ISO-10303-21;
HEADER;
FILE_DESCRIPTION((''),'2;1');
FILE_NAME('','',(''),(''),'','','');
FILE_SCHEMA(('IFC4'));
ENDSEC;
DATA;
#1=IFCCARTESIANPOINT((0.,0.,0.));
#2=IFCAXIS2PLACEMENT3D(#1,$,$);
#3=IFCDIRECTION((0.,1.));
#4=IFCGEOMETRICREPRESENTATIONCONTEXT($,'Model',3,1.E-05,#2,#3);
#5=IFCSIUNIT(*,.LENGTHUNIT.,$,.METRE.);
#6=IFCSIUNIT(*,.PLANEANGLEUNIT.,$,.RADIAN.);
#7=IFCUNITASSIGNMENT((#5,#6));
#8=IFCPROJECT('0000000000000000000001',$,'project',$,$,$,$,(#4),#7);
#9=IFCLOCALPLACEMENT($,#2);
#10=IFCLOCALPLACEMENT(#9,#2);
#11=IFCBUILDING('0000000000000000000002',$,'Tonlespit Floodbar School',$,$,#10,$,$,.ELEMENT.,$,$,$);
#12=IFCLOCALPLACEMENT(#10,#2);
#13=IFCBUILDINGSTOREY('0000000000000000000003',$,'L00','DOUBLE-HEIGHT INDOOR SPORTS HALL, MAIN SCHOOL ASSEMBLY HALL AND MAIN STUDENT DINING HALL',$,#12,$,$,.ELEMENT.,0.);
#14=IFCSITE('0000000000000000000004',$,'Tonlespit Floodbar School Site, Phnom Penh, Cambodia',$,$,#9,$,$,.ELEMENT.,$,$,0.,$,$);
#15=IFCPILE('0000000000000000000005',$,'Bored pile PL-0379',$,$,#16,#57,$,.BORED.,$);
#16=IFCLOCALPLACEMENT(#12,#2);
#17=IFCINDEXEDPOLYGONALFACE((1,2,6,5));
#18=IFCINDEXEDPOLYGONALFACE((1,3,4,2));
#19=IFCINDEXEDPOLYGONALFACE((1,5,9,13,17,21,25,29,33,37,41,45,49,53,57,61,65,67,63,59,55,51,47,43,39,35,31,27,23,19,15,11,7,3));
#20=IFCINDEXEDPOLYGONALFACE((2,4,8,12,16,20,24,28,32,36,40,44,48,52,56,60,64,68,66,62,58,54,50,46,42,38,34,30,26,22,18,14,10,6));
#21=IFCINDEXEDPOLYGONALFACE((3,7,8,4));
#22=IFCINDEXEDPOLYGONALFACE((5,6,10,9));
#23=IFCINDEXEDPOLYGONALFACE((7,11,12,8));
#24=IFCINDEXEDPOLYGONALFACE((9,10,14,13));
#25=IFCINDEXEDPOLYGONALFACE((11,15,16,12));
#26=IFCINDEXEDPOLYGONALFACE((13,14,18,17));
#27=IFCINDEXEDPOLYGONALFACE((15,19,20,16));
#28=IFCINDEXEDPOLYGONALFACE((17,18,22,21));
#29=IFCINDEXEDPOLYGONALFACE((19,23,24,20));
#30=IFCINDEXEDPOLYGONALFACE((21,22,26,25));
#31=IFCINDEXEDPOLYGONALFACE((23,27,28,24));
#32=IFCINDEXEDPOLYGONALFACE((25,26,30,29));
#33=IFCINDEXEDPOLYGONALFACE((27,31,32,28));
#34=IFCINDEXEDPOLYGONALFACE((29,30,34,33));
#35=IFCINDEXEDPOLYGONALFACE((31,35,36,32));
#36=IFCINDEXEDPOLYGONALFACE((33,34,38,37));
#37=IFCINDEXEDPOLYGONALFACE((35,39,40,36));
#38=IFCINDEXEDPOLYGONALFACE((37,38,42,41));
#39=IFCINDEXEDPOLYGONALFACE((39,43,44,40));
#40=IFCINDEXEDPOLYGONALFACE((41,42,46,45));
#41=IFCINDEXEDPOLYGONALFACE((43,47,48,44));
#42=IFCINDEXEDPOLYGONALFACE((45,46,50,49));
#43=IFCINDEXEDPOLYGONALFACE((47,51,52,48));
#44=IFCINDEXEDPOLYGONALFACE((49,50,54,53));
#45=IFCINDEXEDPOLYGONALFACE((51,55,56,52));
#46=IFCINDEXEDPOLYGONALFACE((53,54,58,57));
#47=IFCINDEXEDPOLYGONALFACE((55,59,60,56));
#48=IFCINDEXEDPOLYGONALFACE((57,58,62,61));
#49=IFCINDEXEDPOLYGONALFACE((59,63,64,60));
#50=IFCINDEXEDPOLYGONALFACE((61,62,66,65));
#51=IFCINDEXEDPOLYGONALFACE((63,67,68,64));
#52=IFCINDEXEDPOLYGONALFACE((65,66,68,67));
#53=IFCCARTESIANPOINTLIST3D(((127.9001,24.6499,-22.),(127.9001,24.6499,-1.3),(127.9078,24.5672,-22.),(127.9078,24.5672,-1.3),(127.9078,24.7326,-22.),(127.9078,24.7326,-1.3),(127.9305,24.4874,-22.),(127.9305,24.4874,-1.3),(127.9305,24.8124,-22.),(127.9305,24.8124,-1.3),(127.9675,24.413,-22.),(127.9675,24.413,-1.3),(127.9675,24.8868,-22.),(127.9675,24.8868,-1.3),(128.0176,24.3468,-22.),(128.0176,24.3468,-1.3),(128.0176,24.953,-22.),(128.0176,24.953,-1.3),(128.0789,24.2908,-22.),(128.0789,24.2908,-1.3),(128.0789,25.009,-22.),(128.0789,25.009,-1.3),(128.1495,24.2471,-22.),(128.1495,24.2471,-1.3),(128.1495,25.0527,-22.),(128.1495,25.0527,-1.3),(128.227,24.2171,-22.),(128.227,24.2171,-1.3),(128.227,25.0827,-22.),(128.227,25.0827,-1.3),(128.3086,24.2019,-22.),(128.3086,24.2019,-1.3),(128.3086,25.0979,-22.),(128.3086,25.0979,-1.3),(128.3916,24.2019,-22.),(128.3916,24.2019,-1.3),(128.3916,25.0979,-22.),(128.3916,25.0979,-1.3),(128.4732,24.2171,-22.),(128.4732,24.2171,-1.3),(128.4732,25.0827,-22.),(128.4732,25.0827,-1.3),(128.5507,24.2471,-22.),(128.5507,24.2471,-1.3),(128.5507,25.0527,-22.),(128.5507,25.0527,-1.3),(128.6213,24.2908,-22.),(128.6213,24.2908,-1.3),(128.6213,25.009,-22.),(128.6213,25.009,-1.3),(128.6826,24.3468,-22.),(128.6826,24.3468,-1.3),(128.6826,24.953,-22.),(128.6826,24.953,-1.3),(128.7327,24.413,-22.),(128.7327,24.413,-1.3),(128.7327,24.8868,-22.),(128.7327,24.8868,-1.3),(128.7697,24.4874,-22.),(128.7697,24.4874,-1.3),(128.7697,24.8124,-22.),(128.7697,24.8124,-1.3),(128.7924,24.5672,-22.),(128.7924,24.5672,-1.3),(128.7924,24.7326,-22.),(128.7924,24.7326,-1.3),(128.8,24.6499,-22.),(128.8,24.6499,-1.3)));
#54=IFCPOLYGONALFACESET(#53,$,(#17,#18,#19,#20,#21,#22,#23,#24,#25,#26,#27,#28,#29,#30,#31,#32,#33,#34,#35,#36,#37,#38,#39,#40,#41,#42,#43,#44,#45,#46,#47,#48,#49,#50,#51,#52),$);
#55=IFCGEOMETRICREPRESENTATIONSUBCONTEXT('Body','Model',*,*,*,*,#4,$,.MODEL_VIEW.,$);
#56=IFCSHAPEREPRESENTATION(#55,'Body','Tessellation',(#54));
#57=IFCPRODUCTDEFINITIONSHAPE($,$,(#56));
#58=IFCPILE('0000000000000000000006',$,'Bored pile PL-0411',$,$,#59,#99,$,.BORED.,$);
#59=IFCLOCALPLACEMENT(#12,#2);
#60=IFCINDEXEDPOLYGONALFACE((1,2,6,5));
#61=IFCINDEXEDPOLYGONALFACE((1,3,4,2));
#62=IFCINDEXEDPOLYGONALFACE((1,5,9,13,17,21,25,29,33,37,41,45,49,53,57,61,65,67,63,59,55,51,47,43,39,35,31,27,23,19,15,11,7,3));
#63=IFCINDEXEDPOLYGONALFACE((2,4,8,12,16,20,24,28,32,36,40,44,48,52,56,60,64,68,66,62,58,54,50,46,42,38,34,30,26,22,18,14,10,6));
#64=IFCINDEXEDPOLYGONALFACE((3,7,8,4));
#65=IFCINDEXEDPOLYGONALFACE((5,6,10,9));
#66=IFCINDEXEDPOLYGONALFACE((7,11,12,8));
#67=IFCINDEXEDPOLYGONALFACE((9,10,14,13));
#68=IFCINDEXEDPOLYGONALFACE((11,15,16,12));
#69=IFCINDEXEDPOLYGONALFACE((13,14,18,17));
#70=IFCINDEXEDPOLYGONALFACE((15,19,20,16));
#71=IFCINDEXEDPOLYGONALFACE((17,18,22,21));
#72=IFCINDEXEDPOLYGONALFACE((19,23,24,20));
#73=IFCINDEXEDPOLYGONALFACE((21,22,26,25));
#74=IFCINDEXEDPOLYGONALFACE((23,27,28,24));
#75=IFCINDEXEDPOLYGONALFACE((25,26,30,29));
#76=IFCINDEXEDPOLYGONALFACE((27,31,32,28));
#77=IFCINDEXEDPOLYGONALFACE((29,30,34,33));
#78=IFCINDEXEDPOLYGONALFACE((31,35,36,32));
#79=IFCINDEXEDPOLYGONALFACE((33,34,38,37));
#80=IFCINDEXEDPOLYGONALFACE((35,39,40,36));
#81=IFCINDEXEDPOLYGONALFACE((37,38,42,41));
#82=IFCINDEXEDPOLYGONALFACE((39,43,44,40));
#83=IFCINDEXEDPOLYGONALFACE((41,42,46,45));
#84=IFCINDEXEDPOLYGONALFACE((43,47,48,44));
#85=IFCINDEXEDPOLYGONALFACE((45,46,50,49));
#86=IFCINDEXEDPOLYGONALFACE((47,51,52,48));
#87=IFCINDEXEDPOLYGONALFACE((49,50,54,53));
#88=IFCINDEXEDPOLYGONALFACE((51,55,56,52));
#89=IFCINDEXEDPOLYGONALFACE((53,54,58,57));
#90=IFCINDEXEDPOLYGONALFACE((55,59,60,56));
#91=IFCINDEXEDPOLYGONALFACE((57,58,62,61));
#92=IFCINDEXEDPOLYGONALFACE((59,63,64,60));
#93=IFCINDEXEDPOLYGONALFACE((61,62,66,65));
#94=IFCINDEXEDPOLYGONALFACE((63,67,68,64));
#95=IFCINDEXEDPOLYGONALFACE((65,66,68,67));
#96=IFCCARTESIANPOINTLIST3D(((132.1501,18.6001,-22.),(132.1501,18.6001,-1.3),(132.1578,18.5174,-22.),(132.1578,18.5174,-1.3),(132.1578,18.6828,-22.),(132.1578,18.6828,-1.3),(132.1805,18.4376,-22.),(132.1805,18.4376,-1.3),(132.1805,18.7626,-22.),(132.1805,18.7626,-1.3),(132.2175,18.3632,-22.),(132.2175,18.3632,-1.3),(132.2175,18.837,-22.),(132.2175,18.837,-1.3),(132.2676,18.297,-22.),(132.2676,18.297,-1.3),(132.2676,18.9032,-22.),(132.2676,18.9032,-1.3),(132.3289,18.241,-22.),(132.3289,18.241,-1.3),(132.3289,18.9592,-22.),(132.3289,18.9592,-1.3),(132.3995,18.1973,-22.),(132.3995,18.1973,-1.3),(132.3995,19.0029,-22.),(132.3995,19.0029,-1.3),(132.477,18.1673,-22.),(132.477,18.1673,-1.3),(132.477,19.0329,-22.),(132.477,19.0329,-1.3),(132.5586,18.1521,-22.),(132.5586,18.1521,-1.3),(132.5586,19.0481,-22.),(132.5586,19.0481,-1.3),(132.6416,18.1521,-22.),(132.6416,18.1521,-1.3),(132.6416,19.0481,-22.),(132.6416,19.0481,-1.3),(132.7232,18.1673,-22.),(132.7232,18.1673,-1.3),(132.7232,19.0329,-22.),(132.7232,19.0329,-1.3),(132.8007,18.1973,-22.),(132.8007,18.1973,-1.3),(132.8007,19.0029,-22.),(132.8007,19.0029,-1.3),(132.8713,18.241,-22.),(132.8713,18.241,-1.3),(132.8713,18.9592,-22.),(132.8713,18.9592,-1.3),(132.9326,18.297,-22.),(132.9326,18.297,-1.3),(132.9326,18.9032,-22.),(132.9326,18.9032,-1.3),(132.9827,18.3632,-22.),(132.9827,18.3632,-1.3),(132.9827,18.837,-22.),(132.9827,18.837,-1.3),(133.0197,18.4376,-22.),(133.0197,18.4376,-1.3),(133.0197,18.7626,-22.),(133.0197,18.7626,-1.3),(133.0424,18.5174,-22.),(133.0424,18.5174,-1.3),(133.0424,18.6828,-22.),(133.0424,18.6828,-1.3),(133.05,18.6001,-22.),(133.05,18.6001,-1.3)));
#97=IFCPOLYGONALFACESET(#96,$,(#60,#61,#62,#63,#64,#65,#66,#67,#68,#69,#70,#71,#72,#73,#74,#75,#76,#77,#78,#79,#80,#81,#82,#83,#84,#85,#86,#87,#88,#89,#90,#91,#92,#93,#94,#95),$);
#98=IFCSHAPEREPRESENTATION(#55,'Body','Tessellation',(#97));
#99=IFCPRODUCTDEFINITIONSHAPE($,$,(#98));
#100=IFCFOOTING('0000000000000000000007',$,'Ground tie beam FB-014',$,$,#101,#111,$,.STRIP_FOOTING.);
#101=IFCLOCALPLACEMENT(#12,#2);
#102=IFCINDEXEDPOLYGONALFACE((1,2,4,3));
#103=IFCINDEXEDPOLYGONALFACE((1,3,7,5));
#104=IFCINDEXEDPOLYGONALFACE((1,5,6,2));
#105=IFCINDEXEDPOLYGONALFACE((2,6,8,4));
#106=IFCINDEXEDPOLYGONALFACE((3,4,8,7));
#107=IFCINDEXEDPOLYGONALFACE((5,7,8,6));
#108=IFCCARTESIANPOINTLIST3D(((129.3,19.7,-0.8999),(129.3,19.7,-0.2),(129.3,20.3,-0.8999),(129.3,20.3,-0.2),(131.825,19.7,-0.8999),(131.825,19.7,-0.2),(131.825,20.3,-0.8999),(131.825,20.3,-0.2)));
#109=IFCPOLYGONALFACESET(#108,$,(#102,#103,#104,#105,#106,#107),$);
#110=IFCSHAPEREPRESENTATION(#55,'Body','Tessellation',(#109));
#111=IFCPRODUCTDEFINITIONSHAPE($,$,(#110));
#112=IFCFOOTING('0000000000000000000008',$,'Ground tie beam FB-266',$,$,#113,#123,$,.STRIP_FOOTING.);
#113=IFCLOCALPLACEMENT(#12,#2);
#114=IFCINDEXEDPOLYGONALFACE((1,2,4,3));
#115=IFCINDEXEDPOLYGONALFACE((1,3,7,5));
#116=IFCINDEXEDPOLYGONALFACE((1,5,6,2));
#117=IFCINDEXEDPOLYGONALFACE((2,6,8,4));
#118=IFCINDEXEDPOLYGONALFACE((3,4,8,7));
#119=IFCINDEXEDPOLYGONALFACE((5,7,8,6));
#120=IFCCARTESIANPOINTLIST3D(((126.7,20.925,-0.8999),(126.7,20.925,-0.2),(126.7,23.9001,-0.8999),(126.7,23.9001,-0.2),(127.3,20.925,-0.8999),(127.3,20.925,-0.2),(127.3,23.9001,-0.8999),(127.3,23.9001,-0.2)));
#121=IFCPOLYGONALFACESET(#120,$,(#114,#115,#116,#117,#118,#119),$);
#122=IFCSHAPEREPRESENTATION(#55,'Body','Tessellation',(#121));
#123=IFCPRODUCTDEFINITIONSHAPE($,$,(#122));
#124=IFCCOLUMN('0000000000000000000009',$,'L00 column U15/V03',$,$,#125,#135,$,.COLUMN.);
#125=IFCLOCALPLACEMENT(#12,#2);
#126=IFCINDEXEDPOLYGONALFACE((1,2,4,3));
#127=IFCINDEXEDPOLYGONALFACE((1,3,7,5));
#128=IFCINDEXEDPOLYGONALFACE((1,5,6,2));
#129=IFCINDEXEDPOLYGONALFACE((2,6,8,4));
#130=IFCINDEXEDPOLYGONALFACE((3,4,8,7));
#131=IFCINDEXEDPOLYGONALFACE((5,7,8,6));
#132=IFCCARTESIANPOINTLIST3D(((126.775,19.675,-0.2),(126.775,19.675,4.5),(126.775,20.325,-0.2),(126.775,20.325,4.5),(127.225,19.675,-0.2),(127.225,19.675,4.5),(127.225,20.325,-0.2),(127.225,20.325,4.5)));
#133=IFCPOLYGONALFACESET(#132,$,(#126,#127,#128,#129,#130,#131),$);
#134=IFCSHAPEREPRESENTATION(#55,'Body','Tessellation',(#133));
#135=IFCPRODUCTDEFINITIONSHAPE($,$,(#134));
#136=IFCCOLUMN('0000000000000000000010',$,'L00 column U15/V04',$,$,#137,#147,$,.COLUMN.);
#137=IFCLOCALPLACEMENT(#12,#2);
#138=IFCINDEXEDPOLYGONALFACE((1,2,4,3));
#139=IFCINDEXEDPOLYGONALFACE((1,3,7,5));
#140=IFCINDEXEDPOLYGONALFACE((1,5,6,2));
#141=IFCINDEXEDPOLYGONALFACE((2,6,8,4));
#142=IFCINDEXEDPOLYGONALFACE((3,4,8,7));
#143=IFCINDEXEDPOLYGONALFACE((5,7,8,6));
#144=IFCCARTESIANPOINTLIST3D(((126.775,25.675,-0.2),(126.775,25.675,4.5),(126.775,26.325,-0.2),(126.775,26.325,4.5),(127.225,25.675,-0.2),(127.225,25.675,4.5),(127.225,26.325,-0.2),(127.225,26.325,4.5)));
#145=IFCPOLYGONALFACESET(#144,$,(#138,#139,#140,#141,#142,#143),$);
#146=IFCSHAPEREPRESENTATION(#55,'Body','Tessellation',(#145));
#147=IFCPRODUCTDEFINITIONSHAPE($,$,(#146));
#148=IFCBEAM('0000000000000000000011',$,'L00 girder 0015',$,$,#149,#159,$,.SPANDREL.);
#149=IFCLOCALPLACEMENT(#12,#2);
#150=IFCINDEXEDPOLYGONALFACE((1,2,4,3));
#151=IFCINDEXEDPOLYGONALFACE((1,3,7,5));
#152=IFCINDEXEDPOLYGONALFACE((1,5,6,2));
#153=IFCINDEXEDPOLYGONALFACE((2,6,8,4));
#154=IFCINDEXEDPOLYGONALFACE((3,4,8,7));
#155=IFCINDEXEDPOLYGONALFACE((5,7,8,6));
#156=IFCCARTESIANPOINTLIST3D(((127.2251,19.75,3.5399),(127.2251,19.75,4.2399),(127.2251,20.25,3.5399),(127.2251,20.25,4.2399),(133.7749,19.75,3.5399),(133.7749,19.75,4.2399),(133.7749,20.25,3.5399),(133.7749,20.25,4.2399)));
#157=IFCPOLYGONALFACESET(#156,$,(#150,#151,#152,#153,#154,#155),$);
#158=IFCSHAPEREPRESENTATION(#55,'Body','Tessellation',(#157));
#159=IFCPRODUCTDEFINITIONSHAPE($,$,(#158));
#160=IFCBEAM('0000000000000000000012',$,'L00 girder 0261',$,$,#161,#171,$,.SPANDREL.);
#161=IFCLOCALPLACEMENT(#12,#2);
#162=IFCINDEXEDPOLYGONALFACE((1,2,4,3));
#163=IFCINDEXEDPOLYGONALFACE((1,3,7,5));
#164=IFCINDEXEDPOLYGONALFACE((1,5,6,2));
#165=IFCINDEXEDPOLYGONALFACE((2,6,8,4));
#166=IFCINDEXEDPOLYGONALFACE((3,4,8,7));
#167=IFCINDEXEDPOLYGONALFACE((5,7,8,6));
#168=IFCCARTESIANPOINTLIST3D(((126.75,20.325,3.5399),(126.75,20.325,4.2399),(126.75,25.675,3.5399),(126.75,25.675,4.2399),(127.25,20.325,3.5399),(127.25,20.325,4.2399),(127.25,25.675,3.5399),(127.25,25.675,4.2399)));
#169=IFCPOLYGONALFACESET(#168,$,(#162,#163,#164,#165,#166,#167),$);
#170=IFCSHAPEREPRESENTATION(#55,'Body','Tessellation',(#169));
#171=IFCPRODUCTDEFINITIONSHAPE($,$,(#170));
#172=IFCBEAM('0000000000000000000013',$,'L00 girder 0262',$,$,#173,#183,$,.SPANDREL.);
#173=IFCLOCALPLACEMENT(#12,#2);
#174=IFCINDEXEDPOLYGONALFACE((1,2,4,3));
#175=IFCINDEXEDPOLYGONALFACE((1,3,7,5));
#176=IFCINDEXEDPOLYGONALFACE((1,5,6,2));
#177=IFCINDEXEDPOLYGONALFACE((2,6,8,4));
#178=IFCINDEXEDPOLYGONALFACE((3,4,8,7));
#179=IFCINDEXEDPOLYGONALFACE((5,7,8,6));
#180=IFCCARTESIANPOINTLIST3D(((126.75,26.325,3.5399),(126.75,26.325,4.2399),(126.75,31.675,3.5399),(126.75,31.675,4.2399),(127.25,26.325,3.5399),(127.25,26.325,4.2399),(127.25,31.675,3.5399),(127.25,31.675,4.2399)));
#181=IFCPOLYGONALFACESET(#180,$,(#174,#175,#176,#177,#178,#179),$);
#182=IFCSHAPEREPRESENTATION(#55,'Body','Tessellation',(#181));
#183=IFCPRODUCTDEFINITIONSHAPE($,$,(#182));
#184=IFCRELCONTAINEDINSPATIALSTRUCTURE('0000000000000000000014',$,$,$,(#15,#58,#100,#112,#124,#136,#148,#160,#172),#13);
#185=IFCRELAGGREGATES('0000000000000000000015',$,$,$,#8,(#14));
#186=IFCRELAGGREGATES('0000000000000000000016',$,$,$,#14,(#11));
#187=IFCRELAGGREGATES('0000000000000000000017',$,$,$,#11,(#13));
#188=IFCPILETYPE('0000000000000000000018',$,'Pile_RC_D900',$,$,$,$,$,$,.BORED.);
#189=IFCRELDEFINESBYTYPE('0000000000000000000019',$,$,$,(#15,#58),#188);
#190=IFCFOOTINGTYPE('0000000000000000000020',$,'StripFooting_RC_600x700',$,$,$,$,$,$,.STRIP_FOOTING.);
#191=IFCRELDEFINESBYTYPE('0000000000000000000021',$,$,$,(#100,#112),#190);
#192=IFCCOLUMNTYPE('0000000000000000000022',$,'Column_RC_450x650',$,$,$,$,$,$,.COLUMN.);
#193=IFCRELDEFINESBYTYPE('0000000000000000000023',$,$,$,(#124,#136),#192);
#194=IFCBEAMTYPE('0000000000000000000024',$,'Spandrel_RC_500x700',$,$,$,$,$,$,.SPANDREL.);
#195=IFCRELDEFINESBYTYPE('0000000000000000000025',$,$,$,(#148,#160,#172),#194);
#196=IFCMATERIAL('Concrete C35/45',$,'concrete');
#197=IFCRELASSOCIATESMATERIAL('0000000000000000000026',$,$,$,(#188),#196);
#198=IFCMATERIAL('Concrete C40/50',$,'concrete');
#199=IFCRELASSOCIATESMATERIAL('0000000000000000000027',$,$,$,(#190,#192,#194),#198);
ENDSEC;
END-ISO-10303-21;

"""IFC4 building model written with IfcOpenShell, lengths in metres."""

from ifc_helpers import new_model, si_unit, direction, frame, origin, origin_2d, place, context, subcontext, project, spatial, rectangle, circle, extrude, material, material_profile, profile_set, type_object, element, save


model = new_model("IFC4")

# Units and contexts
model_context = context("Model", 3, precision=1e-05, world=origin(), true_north=direction((0.0, 1.0)))
body_context = subcontext(model_context, "Body", "Model", "MODEL_VIEW")
ifc_project = project(units=[si_unit("LENGTHUNIT", "METRE"), si_unit("PLANEANGLEUNIT", "RADIAN")], contexts=[model_context])

# Site, building, storey
site_placement = place(None, origin())
site = spatial("IfcSite", under=ifc_project, at=site_placement, Name="Tonlespit Floodbar School Site, Phnom Penh, Cambodia", CompositionType="ELEMENT", RefElevation=0.0)
building_placement = place(site_placement, origin())
building = spatial("IfcBuilding", under=site, at=building_placement, Name="Tonlespit Floodbar School", CompositionType="ELEMENT")
storey_placement = place(building_placement, origin())
storey = spatial("IfcBuildingStorey", under=building, at=storey_placement, Name="L00", Description="DOUBLE-HEIGHT INDOOR SPORTS HALL, MAIN SCHOOL ASSEMBLY HALL AND MAIN STUDENT DINING HALL", CompositionType="ELEMENT", Elevation=0.0)

# Shared definitions
ifc_material_1 = material(Name="Concrete C40/50", Category="concrete")

# Piles
ifc_material_2 = material(Name="Concrete C35/45", Category="concrete")
ifc_material_profile_1 = material_profile(ifc_material_2, circle(Radius=0.45, at=origin_2d()), Name="BP D900")
ifc_profile_set_1 = profile_set([ifc_material_profile_1], Name="Concrete C35/45")
pile_type_1 = type_object("IfcPileType", Name="Pile_RC_D900", PredefinedType="BORED", material=ifc_profile_set_1)
for number, where, z_axis, x_axis, name in (
    (1, (128.3501, 24.6499, -1.3), (0.0, 0.0, -1.0), (1.0, 0.0, 0.0), "Bored pile PL-0379"),
    (2, (132.6001, 18.6001, -1.3), (0.0, 0.0, -1.0), (1.0, 0.0, 0.0), "Bored pile PL-0411"),
):
    element("IfcPile", number, at=place(storey_placement, frame(where, z_axis=z_axis, x_axis=x_axis)), inside=storey, type_object=pile_type_1, Name=name, PredefinedType="BORED", context=body_context, shape_type="SweptSolid", body=[
        extrude(circle(Radius=0.45, at=origin_2d()), origin(), (0.0, 0.0, 1.0), 20.7),
    ])

# Footings
footing_type_1 = type_object("IfcFootingType", Name="StripFooting_RC_600x700", PredefinedType="STRIP_FOOTING", material=ifc_material_1)
footing_1_placement = place(storey_placement, frame((130.5625, 20.0, -0.8999), z_axis=(0.0, 0.0, 1.0), x_axis=(1.0, 0.0, 0.0)))
element("IfcFooting", 3, at=footing_1_placement, inside=storey, type_object=footing_type_1, Name="Ground tie beam FB-014", PredefinedType="STRIP_FOOTING", context=body_context, shape_type="SweptSolid", body=[
    extrude(rectangle(XDim=2.5249, YDim=0.6001, at=origin_2d()), origin(), (0.0, 0.0, 1.0), 0.7),
])
footing_2_placement = place(storey_placement, frame((127.0, 22.4126, -0.8999), z_axis=(0.0, 0.0, 1.0), x_axis=(0.0, 1.0, 0.0)))
element("IfcFooting", 4, at=footing_2_placement, inside=storey, type_object=footing_type_1, Name="Ground tie beam FB-266", PredefinedType="STRIP_FOOTING", context=body_context, shape_type="SweptSolid", body=[
    extrude(rectangle(XDim=2.9751, YDim=0.6001, at=origin_2d()), origin(), (0.0, 0.0, 1.0), 0.7),
])

# Columns
ifc_material_profile_2 = material_profile(ifc_material_1, rectangle(XDim=0.45, YDim=0.6499, at=origin_2d()), Name="RC 450x650")
ifc_profile_set_2 = profile_set([ifc_material_profile_2], Name="Concrete C40/50")
column_type = type_object("IfcColumnType", Name="Column_RC_450x650", PredefinedType="COLUMN", material=ifc_profile_set_2)
for number, where, z_axis, x_axis, name in (
    (5, (127.0, 20.0, -0.2), (0.0, 0.0, 1.0), (1.0, 0.0, 0.0), "L00 column U15/V03"),
    (6, (127.0, 26.0, -0.2), (0.0, 0.0, 1.0), (1.0, 0.0, 0.0), "L00 column U15/V04"),
):
    element("IfcColumn", number, at=place(storey_placement, frame(where, z_axis=z_axis, x_axis=x_axis)), inside=storey, type_object=column_type, Name=name, PredefinedType="COLUMN", context=body_context, shape_type="SweptSolid", body=[
        extrude(rectangle(XDim=0.45, YDim=0.6499, at=origin_2d()), origin(), (0.0, 0.0, 1.0), 4.7),
    ])

# Beams
ifc_material_profile_3 = material_profile(ifc_material_1, rectangle(XDim=0.5, YDim=0.7, at=origin_2d()), Name="RC 500x700")
ifc_profile_set_3 = profile_set([ifc_material_profile_3], Name="Concrete C40/50")
beam_type = type_object("IfcBeamType", Name="Spandrel_RC_500x700", PredefinedType="SPANDREL", material=ifc_profile_set_3)
beam_placement = place(storey_placement, frame((127.2251, 20.0, 3.8899), z_axis=(1.0, 0.0, 0.0), x_axis=(0.0, 1.0, 0.0)))
element("IfcBeam", 7, at=beam_placement, inside=storey, type_object=beam_type, Name="L00 girder 0015", PredefinedType="SPANDREL", context=body_context, shape_type="SweptSolid", body=[
    extrude(rectangle(XDim=0.5, YDim=0.7, at=origin_2d()), origin(), (0.0, 0.0, 1.0), 6.5498),
])
for number, where, z_axis, x_axis, name in (
    (8, (127.0, 20.325, 3.8899), (0.0, 1.0, 0.0), (-1.0, 0.0, 0.0), "L00 girder 0261"),
    (9, (127.0, 26.325, 3.8899), (0.0, 1.0, 0.0), (-1.0, 0.0, 0.0), "L00 girder 0262"),
):
    element("IfcBeam", number, at=place(storey_placement, frame(where, z_axis=z_axis, x_axis=x_axis)), inside=storey, type_object=beam_type, Name=name, PredefinedType="SPANDREL", context=body_context, shape_type="SweptSolid", body=[
        extrude(rectangle(XDim=0.5, YDim=0.7, at=origin_2d()), origin(), (0.0, 0.0, 1.0), 5.3501),
    ])

save(model, "model.ifc")
